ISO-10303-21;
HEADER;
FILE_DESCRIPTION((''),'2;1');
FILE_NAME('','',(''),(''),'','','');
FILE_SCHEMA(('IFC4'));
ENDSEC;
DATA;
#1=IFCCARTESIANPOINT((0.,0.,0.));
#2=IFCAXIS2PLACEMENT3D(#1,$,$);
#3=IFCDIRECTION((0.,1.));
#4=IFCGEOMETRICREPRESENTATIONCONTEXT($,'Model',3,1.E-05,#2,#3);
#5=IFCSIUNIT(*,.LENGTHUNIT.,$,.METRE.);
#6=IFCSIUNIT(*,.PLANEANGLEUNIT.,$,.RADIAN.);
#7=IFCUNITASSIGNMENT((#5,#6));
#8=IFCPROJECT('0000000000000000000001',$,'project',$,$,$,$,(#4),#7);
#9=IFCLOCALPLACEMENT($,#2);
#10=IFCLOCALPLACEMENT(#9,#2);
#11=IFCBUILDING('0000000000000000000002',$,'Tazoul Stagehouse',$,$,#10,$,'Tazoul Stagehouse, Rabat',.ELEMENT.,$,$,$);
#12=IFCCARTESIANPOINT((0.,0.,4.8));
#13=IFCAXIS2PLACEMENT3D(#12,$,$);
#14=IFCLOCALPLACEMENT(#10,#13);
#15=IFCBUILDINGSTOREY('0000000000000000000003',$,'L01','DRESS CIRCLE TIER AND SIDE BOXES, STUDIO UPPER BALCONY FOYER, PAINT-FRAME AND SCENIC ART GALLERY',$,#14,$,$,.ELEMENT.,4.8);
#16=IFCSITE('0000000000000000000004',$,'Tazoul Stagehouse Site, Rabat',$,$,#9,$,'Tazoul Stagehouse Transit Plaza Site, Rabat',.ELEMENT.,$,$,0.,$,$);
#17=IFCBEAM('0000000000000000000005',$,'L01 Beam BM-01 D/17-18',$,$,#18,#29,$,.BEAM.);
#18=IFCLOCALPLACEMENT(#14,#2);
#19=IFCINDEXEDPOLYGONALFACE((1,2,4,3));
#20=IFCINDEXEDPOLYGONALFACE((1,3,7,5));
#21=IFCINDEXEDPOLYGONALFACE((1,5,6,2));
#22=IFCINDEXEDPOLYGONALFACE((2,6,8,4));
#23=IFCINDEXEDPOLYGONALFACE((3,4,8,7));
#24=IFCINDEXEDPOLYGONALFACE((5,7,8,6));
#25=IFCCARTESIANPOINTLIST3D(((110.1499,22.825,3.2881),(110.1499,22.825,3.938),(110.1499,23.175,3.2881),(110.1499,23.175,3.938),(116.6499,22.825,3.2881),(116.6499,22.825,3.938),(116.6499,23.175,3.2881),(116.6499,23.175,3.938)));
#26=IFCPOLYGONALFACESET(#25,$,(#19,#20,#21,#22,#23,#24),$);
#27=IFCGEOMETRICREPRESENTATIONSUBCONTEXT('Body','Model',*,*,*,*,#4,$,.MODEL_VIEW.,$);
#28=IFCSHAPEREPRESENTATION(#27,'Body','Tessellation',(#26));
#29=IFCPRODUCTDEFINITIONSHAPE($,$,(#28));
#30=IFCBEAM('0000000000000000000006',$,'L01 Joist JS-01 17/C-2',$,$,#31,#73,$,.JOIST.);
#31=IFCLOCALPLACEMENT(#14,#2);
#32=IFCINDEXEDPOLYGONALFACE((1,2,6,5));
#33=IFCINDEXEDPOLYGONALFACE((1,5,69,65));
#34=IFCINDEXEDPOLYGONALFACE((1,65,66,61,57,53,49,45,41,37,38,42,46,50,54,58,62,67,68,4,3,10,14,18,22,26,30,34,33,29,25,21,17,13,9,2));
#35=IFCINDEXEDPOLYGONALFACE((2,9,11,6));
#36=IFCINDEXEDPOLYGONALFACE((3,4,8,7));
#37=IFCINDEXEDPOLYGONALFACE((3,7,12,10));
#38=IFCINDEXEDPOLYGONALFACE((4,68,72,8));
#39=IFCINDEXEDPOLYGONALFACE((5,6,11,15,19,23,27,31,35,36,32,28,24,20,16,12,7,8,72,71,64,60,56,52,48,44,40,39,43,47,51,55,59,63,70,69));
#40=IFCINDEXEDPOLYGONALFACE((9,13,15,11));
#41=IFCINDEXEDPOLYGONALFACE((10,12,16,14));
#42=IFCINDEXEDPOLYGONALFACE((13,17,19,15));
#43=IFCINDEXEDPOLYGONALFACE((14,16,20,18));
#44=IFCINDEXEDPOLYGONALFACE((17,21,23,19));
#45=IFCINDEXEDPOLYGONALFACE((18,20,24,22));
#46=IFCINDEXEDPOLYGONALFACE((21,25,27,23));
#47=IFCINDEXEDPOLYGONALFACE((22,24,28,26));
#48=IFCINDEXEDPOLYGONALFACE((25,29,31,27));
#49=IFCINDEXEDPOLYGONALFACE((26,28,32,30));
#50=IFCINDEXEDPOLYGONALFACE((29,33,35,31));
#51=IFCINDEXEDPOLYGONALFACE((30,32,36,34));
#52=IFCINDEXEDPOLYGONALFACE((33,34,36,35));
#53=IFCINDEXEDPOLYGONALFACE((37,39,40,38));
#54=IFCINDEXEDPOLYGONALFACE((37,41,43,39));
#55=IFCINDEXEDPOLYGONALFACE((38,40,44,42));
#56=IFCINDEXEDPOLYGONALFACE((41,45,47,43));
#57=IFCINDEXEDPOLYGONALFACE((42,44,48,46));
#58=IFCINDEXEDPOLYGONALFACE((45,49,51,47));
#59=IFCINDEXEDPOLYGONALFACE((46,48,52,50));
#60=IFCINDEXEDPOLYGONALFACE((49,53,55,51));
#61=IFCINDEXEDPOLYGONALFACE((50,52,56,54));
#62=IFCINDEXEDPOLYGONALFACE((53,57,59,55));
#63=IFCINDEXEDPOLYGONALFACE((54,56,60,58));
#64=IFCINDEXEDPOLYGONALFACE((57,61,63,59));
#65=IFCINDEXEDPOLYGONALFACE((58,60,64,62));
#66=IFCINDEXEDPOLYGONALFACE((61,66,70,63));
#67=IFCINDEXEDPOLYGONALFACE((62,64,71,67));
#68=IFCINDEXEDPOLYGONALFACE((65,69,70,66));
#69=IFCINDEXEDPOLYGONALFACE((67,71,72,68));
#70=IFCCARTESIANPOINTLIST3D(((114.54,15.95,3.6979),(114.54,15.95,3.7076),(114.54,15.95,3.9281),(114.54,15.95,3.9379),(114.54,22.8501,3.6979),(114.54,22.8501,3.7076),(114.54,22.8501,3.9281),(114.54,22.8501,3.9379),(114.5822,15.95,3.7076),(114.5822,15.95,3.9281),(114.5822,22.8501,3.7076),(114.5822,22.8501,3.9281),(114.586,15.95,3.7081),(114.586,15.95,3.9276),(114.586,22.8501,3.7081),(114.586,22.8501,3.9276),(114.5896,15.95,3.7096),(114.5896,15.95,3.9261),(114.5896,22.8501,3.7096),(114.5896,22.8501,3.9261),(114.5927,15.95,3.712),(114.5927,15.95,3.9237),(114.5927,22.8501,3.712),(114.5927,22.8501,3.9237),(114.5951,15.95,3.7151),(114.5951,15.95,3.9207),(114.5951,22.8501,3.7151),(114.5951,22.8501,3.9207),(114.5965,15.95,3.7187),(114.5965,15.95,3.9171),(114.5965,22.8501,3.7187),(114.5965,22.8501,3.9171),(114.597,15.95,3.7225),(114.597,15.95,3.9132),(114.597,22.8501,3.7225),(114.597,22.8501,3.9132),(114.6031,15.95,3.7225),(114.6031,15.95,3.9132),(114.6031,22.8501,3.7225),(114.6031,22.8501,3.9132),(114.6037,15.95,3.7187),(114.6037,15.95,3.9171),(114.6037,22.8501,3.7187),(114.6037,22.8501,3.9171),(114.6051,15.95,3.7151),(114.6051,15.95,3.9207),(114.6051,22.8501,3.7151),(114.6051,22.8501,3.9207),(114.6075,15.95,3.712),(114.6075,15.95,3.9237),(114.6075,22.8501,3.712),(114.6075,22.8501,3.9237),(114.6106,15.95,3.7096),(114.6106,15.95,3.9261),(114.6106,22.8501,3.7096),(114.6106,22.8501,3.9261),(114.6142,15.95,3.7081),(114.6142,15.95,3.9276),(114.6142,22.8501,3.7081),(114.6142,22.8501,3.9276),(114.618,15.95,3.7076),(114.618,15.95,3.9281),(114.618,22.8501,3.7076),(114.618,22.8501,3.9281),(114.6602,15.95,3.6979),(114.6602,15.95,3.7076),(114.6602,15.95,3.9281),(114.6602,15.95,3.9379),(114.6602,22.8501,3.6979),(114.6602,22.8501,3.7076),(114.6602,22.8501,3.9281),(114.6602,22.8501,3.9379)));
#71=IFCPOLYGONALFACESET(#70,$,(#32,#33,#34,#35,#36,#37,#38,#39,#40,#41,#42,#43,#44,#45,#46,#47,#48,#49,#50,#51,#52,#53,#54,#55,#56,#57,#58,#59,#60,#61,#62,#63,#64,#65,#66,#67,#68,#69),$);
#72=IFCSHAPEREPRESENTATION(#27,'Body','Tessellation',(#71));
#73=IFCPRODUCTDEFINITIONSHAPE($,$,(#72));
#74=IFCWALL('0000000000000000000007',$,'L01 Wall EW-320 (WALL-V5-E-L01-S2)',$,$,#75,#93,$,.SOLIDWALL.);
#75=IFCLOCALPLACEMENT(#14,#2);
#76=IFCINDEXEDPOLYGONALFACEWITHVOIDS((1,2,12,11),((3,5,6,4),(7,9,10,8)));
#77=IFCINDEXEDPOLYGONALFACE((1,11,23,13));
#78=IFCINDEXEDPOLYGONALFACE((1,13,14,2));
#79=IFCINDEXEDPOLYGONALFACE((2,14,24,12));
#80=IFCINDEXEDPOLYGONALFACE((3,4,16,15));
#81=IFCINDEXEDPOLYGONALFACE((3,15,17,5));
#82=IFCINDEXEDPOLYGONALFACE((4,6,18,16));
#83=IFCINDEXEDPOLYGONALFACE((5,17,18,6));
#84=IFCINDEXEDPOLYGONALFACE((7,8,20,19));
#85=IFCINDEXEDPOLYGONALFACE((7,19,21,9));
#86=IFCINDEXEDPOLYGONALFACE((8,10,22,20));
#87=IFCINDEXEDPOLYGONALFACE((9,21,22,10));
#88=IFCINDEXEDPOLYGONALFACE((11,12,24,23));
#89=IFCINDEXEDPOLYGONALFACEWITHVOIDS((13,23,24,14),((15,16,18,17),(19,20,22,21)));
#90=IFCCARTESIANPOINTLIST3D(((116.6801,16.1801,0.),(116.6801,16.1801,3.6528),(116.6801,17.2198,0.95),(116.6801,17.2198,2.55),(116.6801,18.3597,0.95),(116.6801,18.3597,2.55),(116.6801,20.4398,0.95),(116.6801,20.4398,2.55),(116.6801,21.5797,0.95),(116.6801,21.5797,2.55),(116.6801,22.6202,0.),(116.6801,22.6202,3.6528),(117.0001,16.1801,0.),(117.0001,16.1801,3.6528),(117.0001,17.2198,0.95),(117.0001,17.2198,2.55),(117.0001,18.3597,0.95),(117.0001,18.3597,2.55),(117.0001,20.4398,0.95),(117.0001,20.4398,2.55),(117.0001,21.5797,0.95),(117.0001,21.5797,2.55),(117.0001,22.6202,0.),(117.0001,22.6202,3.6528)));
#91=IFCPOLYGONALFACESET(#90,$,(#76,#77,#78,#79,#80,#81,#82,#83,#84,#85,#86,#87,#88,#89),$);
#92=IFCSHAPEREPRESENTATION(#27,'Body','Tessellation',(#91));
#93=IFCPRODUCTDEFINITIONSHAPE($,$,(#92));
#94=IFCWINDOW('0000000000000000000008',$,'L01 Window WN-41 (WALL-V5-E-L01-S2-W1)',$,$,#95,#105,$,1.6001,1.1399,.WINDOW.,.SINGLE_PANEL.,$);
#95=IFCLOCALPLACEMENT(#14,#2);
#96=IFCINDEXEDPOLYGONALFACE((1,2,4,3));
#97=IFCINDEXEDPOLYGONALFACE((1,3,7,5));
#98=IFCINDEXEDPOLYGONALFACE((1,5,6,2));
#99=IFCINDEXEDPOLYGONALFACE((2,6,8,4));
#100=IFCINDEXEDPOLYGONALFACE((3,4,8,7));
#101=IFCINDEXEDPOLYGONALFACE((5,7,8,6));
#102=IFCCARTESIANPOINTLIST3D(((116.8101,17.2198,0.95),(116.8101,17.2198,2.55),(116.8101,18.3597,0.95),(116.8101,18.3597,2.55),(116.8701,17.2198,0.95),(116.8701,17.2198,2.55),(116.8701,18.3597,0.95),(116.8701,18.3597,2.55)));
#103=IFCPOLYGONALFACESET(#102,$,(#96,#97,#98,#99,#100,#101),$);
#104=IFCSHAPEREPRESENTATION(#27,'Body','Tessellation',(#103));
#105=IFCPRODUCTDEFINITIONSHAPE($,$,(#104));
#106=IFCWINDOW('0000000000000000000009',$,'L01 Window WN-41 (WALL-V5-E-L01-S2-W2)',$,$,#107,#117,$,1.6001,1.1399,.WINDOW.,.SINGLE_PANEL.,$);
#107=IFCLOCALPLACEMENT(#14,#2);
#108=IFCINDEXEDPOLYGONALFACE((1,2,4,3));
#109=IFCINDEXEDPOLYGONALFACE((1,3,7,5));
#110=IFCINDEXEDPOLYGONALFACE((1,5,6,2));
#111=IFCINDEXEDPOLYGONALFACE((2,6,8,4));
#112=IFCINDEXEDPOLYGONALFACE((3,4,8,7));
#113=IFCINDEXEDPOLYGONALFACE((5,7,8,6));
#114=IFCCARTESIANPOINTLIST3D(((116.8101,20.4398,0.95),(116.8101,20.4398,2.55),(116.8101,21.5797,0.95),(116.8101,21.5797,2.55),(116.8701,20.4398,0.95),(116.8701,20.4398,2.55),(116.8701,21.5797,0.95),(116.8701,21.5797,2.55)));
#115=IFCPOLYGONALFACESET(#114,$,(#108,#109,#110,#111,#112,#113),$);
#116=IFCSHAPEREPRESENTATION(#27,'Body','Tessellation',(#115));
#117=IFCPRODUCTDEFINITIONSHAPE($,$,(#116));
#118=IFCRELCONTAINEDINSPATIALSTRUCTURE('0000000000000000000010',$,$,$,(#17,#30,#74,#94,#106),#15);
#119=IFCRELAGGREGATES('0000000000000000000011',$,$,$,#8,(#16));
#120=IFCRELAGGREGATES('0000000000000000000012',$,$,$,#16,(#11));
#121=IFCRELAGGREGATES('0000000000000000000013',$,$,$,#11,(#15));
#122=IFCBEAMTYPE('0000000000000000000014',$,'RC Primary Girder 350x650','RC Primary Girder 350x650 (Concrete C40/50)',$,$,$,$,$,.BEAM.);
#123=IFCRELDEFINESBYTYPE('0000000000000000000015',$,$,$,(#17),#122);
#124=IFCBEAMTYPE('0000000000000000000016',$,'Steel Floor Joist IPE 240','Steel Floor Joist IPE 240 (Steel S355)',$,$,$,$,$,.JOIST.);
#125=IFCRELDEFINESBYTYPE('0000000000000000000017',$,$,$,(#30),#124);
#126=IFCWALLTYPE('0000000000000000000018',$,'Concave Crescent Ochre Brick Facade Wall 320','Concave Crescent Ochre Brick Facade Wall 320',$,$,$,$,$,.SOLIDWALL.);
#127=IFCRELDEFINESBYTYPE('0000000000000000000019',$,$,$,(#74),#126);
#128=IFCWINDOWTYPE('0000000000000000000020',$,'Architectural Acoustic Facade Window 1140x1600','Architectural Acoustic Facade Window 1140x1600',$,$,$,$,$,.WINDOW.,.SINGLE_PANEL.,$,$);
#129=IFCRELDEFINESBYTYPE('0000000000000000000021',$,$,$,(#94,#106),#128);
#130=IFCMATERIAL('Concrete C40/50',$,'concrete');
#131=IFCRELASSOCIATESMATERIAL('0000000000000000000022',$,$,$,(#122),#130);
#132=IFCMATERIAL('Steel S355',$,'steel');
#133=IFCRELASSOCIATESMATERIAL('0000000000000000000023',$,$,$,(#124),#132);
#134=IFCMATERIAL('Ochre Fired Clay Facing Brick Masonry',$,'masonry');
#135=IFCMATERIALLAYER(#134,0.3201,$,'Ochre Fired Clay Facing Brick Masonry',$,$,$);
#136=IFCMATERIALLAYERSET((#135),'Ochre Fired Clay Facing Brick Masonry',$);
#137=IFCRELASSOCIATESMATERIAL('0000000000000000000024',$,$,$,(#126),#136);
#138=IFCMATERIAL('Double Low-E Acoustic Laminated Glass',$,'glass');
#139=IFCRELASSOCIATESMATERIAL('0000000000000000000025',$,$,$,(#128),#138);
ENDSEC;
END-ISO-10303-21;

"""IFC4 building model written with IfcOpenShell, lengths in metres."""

from ifc_helpers import new_model, si_unit, direction, frame, frame_2d, origin, origin_2d, place, context, subcontext, project, spatial, rectangle, i_section, extrude, material, layer, layer_set, material_profile, profile_set, type_object, element, fill, save


model = new_model("IFC4")

# Units and contexts
model_context = context("Model", 3, precision=1e-05, world=origin(), true_north=direction((0.0, 1.0)))
body_context = subcontext(model_context, "Body", "Model", "MODEL_VIEW")
ifc_project = project(units=[si_unit("LENGTHUNIT", "METRE"), si_unit("PLANEANGLEUNIT", "RADIAN")], contexts=[model_context])

# Site, building, storey
site_placement = place(None, origin())
site = spatial("IfcSite", under=ifc_project, at=site_placement, Name="Tazoul Stagehouse Site, Rabat", LongName="Tazoul Stagehouse Transit Plaza Site, Rabat", CompositionType="ELEMENT", RefElevation=0.0)
building_placement = place(site_placement, origin())
building = spatial("IfcBuilding", under=site, at=building_placement, Name="Tazoul Stagehouse", LongName="Tazoul Stagehouse, Rabat", CompositionType="ELEMENT")
storey_placement = place(building_placement, frame((0.0, 0.0, 4.8)))
storey = spatial("IfcBuildingStorey", under=building, at=storey_placement, Name="L01", Description="DRESS CIRCLE TIER AND SIDE BOXES, STUDIO UPPER BALCONY FOYER, PAINT-FRAME AND SCENIC ART GALLERY", CompositionType="ELEMENT", Elevation=4.8)

# Beams
ifc_material_1 = material(Name="Concrete C40/50", Category="concrete")
ifc_material_profile_1 = material_profile(ifc_material_1, rectangle(XDim=0.3501, YDim=0.6499, at=origin_2d()), Name="RC 350x650")
ifc_profile_set_1 = profile_set([ifc_material_profile_1], Name="Concrete C40/50")
beam_type_1 = type_object("IfcBeamType", Name="RC Primary Girder 350x650", Description="RC Primary Girder 350x650 (Concrete C40/50)", PredefinedType="BEAM", material=ifc_profile_set_1)
beam_1_placement = place(storey_placement, frame((110.1499, 23.0, 3.613), z_axis=(1.0, 0.0, 0.0), x_axis=(0.0, 1.0, 0.0)))
element("IfcBeam", 1, at=beam_1_placement, inside=storey, type_object=beam_type_1, Name="L01 Beam BM-01 D/17-18", PredefinedType="BEAM", context=body_context, shape_type="SweptSolid", body=[
    extrude(rectangle(XDim=0.3501, YDim=0.6499, at=origin_2d()), origin(), (0.0, 0.0, 1.0), 6.5),
])
ifc_material_2 = material(Name="Steel S355", Category="steel")
ifc_material_profile_2 = material_profile(ifc_material_2, i_section(OverallWidth=0.1201, OverallDepth=0.24, WebThickness=0.0061, FlangeThickness=0.0098, FilletRadius=0.0149, at=origin_2d()), Name="IPE 240")
ifc_profile_set_2 = profile_set([ifc_material_profile_2], Name="Steel S355")
beam_type_2 = type_object("IfcBeamType", Name="Steel Floor Joist IPE 240", Description="Steel Floor Joist IPE 240 (Steel S355)", PredefinedType="JOIST", material=ifc_profile_set_2)
beam_2_placement = place(storey_placement, frame((114.6001, 15.95, 3.8179), z_axis=(0.0, 1.0, 0.0), x_axis=(-1.0, 0.0, 0.0)))
element("IfcBeam", 2, at=beam_2_placement, inside=storey, type_object=beam_type_2, Name="L01 Joist JS-01 17/C-2", PredefinedType="JOIST", context=body_context, shape_type="SweptSolid", body=[
    extrude(i_section(OverallWidth=0.1201, OverallDepth=0.24, WebThickness=0.0061, FlangeThickness=0.0098, FilletRadius=0.0149, at=origin_2d()), origin(), (0.0, 0.0, 1.0), 6.9001),
])

# Wall, openings, windows
ifc_material_3 = material(Name="Ochre Fired Clay Facing Brick Masonry", Category="masonry")
ifc_layer = layer(ifc_material_3, 0.3201, Name="Ochre Fired Clay Facing Brick Masonry")
ifc_layer_set = layer_set([ifc_layer], Name="Ochre Fired Clay Facing Brick Masonry")
wall_type = type_object("IfcWallType", Name="Concave Crescent Ochre Brick Facade Wall 320", Description="Concave Crescent Ochre Brick Facade Wall 320", PredefinedType="SOLIDWALL", material=ifc_layer_set)
wall_placement = place(storey_placement, frame((116.8401, 16.1799, 0.0), z_axis=(0.0, 0.0, 1.0), x_axis=(0.0, 1.0, 0.0)))
wall = element("IfcWall", 3, at=wall_placement, inside=storey, type_object=wall_type, Name="L01 Wall EW-320 (WALL-V5-E-L01-S2)", PredefinedType="SOLIDWALL", context=body_context, shape_type="SweptSolid", body=[
    extrude(rectangle(XDim=6.4402, YDim=0.3201, at=frame_2d((3.2202, 0.0))), origin(), (0.0, 0.0, 1.0), 3.6528),
])
opening_1_placement = place(wall_placement, frame((1.04, 0.0, 0.95)))
opening_1 = element("IfcOpeningElement", 4, at=opening_1_placement, cuts=wall, PredefinedType="OPENING", context=body_context, shape_type="SweptSolid", body=[
    extrude(rectangle(XDim=1.1399, YDim=1.6001, at=frame_2d((0.5698, 0.8))), frame((0.0, 0.1799, 0.0), z_axis=(0.0, -1.0, 0.0), x_axis=(1.0, 0.0, 0.0)), (0.0, 0.0, 1.0), 0.3601),
])
opening_2_placement = place(wall_placement, frame((4.26, 0.0, 0.95)))
opening_2 = element("IfcOpeningElement", 5, at=opening_2_placement, cuts=wall, PredefinedType="OPENING", context=body_context, shape_type="SweptSolid", body=[
    extrude(rectangle(XDim=1.1399, YDim=1.6001, at=frame_2d((0.5698, 0.8))), frame((0.0, 0.1799, 0.0), z_axis=(0.0, -1.0, 0.0), x_axis=(1.0, 0.0, 0.0)), (0.0, 0.0, 1.0), 0.3601),
])
ifc_material_4 = material(Name="Double Low-E Acoustic Laminated Glass", Category="glass")
window_type = type_object("IfcWindowType", Name="Architectural Acoustic Facade Window 1140x1600", Description="Architectural Acoustic Facade Window 1140x1600", PartitioningType="SINGLE_PANEL", PredefinedType="WINDOW", material=ifc_material_4)
window_1_placement = place(opening_1_placement, origin())
window_1 = element("IfcWindow", 6, at=window_1_placement, inside=storey, type_object=window_type, Name="L01 Window WN-41 (WALL-V5-E-L01-S2-W1)", OverallHeight=1.6001, OverallWidth=1.1399, PartitioningType="SINGLE_PANEL", PredefinedType="WINDOW", context=body_context, shape_type="SweptSolid", body=[
    extrude(rectangle(XDim=1.1399, YDim=1.6001, at=frame_2d((0.5698, 0.8))), frame((0.0, 0.03, 0.0), z_axis=(0.0, -1.0, 0.0), x_axis=(1.0, 0.0, 0.0)), (0.0, 0.0, 1.0), 0.0601),
])
fill(opening_1, window_1)
window_2_placement = place(opening_2_placement, origin())
window_2 = element("IfcWindow", 7, at=window_2_placement, inside=storey, type_object=window_type, Name="L01 Window WN-41 (WALL-V5-E-L01-S2-W2)", OverallHeight=1.6001, OverallWidth=1.1399, PartitioningType="SINGLE_PANEL", PredefinedType="WINDOW", context=body_context, shape_type="SweptSolid", body=[
    extrude(rectangle(XDim=1.1399, YDim=1.6001, at=frame_2d((0.5698, 0.8))), frame((0.0, 0.03, 0.0), z_axis=(0.0, -1.0, 0.0), x_axis=(1.0, 0.0, 0.0)), (0.0, 0.0, 1.0), 0.0601),
])
fill(opening_2, window_2)

save(model, "model.ifc")
